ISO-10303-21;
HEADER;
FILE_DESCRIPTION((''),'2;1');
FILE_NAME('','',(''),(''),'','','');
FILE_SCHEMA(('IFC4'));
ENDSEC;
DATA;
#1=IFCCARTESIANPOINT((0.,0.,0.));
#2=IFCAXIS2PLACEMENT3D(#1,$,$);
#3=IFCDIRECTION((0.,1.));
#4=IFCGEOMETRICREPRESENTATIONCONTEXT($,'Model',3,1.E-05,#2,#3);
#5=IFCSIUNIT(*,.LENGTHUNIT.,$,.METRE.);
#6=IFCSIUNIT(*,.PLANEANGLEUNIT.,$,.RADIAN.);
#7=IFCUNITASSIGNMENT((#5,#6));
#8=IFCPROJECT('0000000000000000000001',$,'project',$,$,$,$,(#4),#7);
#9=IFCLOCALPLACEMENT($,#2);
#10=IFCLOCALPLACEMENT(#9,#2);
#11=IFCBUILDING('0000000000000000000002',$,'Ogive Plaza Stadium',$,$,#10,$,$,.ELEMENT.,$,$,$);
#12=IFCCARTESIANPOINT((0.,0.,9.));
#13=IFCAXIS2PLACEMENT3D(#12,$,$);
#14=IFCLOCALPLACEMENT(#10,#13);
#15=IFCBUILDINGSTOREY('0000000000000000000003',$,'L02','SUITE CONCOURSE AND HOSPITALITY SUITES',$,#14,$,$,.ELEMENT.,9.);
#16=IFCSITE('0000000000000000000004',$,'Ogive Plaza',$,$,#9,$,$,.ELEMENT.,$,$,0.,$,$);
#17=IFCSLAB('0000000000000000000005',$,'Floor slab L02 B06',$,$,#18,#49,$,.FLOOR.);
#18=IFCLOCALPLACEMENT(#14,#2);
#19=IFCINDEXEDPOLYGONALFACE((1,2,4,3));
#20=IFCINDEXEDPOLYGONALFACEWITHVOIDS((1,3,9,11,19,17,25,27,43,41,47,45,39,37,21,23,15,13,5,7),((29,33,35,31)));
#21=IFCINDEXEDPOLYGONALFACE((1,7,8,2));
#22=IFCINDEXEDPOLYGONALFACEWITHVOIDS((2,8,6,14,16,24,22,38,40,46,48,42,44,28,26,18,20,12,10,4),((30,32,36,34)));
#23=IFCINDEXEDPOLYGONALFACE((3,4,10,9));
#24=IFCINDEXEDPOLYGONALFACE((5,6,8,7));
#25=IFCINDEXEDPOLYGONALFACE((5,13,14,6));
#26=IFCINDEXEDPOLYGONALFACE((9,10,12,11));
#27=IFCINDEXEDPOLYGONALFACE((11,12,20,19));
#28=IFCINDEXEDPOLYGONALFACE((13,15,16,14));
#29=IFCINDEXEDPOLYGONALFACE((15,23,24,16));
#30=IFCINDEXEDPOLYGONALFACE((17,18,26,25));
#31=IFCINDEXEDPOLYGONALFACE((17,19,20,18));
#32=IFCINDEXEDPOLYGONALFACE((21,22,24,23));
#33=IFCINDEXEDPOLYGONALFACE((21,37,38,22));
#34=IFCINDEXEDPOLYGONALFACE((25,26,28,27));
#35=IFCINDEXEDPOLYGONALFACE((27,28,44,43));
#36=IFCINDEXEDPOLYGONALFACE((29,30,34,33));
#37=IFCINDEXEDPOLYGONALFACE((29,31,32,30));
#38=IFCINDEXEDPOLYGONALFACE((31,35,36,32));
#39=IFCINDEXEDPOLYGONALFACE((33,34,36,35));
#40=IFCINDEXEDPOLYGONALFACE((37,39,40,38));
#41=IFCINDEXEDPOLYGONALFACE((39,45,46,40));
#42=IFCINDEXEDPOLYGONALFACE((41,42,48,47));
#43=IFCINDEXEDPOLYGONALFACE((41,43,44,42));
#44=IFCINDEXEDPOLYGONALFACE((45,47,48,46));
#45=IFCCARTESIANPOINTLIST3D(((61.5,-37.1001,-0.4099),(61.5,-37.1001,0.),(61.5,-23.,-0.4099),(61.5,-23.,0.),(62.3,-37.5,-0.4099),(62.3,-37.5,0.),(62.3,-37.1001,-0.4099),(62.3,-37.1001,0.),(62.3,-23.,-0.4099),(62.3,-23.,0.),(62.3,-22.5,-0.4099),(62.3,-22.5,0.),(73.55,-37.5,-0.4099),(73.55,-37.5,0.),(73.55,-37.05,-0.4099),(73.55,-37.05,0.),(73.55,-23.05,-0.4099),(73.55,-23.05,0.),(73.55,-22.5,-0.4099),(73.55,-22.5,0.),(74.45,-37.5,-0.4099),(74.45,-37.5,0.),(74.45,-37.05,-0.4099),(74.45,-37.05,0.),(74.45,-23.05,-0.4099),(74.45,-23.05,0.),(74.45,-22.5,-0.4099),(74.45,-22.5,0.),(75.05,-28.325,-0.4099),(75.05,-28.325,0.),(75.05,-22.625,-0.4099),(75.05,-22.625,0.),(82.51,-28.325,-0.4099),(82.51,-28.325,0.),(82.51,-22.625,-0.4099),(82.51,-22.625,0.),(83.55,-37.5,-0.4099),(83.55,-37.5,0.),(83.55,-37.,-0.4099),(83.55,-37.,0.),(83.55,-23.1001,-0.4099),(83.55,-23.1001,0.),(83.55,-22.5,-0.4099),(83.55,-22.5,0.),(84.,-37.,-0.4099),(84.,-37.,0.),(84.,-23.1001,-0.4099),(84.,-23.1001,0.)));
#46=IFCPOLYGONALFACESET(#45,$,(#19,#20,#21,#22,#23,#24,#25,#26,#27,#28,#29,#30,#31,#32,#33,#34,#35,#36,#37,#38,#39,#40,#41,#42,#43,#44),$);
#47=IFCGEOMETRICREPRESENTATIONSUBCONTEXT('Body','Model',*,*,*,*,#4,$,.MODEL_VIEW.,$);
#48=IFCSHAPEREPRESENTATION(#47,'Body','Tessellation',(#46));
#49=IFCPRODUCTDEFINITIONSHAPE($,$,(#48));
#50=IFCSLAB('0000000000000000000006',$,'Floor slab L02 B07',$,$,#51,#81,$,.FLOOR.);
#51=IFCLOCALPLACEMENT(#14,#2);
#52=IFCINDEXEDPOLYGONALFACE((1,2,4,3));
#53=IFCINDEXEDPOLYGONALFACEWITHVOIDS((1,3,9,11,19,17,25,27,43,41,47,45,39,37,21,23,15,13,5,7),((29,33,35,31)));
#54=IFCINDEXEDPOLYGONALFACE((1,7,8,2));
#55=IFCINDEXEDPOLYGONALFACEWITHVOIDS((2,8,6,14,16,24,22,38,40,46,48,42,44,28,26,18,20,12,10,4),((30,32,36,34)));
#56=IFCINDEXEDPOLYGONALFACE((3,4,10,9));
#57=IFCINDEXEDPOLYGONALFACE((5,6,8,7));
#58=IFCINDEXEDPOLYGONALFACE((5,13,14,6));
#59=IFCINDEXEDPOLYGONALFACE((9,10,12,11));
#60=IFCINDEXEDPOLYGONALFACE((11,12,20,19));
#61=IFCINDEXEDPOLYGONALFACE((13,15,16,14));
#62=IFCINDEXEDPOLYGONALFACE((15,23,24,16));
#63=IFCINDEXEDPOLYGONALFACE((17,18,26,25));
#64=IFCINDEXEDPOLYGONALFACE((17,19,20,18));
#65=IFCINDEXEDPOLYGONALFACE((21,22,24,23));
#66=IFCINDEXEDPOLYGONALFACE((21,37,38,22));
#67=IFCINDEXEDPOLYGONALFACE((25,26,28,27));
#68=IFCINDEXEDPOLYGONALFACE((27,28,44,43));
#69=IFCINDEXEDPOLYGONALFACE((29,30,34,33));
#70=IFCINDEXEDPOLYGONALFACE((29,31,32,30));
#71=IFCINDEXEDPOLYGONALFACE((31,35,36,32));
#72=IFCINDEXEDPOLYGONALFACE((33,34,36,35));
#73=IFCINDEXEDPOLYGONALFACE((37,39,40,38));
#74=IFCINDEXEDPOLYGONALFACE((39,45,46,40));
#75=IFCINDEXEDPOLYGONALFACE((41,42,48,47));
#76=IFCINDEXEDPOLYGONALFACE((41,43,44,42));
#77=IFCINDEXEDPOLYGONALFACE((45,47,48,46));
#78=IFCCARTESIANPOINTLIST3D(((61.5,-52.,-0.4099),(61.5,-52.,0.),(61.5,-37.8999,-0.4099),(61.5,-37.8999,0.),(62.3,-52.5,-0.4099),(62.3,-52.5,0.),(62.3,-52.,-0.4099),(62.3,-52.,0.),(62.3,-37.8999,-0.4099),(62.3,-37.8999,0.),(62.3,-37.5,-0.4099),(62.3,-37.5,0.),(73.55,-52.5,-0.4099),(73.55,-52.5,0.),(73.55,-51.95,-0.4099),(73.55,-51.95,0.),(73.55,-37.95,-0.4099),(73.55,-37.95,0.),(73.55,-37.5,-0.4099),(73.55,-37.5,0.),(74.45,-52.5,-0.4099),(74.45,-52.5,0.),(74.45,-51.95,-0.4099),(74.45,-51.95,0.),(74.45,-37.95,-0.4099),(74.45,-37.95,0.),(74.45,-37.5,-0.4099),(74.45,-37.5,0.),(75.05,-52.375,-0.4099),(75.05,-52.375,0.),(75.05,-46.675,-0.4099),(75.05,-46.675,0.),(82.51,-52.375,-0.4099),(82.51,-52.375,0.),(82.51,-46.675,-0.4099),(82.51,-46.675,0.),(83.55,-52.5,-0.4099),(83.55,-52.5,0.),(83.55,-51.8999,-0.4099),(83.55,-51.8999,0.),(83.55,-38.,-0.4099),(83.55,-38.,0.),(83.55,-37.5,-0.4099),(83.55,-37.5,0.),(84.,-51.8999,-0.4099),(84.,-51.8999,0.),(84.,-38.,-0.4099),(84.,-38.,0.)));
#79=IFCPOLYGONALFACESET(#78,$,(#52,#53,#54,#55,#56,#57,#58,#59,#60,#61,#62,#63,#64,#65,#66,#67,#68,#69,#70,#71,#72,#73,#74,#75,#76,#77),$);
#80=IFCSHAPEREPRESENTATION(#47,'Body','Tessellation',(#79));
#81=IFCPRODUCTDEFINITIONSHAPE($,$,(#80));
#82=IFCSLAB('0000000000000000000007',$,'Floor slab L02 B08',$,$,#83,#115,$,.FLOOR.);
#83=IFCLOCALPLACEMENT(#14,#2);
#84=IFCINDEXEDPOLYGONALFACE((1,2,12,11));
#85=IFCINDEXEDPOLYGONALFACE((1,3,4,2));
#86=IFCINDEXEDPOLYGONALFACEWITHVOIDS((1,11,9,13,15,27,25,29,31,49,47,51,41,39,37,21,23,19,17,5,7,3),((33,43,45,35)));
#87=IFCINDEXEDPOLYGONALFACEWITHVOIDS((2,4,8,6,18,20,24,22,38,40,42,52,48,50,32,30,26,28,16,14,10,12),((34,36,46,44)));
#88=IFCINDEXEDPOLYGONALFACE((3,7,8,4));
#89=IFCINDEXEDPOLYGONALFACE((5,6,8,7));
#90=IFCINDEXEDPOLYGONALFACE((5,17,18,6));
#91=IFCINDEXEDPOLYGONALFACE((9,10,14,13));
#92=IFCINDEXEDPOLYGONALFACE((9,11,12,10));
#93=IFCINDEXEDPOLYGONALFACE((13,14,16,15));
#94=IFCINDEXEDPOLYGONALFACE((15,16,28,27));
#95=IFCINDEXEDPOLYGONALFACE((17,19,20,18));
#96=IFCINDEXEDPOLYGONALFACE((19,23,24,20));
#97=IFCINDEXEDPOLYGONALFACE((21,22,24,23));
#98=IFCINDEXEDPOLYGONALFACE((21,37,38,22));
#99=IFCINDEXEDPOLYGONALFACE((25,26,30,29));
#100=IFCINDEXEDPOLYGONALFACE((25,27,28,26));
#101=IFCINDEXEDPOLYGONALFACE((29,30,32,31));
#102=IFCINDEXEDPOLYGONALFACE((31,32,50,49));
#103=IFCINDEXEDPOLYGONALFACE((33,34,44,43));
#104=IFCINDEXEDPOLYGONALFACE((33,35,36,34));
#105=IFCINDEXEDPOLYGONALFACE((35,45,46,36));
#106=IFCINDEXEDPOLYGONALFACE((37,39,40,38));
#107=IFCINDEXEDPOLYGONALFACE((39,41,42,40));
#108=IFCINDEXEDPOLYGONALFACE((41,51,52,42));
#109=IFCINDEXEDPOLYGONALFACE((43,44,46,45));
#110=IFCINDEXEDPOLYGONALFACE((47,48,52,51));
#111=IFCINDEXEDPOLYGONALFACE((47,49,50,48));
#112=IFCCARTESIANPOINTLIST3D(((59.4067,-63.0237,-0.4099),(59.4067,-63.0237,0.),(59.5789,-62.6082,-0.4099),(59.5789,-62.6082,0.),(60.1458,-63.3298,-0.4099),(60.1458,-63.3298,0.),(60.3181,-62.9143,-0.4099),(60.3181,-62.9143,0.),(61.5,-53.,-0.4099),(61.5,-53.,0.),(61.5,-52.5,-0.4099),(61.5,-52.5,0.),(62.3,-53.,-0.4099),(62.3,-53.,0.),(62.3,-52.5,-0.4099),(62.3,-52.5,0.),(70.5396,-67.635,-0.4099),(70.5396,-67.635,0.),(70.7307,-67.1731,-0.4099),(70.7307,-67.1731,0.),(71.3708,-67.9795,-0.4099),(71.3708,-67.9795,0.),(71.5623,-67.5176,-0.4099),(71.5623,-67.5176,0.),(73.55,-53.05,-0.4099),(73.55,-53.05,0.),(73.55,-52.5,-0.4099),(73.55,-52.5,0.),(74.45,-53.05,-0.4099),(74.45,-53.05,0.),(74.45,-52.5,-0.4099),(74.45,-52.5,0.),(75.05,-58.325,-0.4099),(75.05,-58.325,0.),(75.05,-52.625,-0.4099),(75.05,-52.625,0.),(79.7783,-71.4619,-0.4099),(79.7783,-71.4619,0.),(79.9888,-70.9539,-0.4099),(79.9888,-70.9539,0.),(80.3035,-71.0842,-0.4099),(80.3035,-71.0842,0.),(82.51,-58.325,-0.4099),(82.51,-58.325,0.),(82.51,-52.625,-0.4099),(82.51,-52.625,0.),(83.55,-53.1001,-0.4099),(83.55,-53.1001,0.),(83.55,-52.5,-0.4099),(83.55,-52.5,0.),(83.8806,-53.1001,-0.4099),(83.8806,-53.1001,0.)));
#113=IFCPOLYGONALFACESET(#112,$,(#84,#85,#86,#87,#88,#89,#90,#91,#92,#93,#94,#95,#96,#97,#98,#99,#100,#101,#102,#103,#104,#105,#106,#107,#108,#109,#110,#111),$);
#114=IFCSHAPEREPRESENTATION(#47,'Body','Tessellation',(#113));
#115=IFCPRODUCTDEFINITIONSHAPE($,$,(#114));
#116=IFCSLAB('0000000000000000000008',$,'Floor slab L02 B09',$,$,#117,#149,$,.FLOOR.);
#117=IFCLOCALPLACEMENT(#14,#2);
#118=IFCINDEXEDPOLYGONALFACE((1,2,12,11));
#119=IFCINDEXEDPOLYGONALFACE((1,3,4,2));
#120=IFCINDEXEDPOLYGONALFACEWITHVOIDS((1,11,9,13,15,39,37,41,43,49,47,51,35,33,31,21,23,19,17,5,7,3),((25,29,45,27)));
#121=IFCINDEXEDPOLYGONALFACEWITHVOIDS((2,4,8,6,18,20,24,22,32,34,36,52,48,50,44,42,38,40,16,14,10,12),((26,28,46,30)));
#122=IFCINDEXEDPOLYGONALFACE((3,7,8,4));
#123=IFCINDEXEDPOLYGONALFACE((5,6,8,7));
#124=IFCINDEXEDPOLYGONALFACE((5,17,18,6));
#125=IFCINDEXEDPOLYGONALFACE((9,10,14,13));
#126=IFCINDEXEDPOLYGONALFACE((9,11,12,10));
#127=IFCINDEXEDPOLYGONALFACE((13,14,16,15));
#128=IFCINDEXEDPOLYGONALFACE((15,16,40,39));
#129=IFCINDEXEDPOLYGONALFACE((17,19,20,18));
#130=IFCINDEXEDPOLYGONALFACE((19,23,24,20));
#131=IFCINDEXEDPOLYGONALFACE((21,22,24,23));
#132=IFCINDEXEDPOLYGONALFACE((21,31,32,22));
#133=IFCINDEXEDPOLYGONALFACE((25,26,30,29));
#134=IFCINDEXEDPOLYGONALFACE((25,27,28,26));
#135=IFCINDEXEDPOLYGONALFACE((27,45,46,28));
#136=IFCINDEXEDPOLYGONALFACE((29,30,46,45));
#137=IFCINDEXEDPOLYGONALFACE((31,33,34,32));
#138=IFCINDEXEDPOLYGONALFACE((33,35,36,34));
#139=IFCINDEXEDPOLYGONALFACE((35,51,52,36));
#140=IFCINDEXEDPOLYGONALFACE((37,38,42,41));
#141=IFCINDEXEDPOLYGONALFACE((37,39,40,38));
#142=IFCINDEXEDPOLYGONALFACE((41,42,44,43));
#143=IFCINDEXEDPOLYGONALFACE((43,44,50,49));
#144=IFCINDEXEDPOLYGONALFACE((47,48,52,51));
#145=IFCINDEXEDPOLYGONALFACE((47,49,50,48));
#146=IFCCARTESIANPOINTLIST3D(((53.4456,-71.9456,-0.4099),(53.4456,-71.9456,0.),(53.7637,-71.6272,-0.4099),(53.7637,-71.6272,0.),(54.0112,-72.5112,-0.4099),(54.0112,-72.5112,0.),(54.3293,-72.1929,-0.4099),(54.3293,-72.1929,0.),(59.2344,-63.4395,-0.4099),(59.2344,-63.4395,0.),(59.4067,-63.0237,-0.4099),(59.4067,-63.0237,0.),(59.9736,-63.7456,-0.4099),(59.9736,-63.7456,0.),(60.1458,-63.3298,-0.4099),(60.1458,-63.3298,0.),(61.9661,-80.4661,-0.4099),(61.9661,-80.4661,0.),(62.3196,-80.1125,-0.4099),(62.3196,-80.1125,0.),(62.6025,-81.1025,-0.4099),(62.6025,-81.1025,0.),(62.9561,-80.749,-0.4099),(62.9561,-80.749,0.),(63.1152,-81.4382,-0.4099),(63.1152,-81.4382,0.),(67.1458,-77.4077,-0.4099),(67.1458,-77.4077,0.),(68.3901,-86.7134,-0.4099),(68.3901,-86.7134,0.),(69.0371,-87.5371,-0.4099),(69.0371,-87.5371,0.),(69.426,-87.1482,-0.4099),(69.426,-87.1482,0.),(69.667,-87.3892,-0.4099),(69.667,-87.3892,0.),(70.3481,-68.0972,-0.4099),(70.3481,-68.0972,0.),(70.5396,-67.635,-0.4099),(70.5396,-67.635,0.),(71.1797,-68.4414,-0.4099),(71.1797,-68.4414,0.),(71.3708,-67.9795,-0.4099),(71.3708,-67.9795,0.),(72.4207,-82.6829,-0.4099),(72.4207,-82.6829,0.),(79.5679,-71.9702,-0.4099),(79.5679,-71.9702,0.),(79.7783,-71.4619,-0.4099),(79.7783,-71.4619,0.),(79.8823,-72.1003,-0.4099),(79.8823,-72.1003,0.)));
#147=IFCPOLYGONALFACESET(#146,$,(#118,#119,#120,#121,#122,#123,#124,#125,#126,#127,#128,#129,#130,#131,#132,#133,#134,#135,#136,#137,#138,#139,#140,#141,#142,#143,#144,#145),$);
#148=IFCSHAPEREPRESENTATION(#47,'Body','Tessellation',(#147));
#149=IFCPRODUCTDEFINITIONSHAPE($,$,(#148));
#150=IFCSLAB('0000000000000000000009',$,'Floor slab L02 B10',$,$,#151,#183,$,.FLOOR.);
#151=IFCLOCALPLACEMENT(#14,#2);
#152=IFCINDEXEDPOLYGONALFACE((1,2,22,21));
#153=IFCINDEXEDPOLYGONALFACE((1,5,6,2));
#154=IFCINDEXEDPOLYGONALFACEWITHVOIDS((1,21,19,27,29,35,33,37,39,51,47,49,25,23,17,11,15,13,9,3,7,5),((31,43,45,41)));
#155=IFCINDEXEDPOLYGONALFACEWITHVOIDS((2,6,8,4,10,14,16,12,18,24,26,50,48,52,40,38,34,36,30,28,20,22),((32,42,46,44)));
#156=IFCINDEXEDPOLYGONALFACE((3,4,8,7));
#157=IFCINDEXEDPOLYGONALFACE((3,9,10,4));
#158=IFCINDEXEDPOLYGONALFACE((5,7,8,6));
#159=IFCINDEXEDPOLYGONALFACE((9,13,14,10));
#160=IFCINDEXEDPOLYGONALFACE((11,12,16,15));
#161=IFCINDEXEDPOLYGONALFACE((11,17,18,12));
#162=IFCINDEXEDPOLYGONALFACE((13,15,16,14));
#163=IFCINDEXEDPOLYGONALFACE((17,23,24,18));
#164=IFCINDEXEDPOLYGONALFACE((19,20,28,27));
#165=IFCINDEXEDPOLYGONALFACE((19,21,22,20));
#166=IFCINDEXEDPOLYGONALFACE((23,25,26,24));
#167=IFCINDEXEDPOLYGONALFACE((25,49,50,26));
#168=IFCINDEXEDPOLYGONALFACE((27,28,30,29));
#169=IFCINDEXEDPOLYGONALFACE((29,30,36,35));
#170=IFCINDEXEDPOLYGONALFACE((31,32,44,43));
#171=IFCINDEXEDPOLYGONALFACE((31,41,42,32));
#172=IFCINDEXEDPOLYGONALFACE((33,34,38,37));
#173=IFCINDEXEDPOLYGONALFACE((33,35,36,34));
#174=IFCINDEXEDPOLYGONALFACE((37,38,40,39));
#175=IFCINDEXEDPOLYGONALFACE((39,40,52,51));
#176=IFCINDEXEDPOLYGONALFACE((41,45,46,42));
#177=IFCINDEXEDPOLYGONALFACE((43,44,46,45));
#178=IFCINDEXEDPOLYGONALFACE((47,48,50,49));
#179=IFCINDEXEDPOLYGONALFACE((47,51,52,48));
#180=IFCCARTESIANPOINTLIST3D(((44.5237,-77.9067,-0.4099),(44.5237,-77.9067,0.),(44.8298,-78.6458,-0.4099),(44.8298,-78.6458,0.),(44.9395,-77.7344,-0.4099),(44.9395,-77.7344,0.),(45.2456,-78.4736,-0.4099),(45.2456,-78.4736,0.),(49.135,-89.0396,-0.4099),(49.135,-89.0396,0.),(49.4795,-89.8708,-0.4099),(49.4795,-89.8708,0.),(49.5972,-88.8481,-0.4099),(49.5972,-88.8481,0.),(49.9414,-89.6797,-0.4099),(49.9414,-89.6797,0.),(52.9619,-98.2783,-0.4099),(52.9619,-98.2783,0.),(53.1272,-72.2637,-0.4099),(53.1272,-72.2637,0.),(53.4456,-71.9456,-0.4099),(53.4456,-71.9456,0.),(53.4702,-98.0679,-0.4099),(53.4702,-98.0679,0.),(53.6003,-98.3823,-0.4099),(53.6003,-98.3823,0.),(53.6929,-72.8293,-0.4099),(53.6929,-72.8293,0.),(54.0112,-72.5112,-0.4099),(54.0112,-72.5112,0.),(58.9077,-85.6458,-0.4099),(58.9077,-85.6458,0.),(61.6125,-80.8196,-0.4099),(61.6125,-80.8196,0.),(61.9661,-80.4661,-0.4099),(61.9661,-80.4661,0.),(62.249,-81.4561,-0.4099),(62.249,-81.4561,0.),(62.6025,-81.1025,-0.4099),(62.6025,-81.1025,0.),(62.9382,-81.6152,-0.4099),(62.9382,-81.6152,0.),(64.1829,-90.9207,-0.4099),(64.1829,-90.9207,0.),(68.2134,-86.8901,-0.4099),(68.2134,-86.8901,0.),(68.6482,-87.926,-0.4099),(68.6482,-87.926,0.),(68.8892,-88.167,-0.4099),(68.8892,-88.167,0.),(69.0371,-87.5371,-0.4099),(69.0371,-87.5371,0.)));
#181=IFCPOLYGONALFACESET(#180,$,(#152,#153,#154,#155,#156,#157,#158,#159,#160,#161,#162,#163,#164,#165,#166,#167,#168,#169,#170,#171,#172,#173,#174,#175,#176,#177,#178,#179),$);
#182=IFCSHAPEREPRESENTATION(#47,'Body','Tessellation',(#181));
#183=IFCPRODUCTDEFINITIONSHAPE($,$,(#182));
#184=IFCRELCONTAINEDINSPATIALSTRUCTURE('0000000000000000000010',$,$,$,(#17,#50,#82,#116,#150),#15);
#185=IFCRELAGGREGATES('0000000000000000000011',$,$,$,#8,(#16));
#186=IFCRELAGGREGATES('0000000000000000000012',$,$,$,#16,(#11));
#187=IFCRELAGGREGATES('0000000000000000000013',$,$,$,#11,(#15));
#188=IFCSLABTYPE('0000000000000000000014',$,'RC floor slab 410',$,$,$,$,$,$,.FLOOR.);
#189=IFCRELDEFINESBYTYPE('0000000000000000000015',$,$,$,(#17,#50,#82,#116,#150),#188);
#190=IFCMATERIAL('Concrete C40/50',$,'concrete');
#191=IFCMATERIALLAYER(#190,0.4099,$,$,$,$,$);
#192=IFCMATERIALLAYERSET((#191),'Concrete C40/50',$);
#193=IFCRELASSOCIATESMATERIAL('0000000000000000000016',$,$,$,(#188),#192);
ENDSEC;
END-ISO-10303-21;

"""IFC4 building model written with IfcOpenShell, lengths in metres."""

from ifc_helpers import new_model, si_unit, direction, frame, origin, place, context, subcontext, project, spatial, polyline, outline, extrude, material, layer, layer_set, type_object, element, save


model = new_model("IFC4")

# Units and contexts
model_context = context("Model", 3, precision=1e-05, world=origin(), true_north=direction((0.0, 1.0)))
body_context = subcontext(model_context, "Body", "Model", "MODEL_VIEW")
ifc_project = project(units=[si_unit("LENGTHUNIT", "METRE"), si_unit("PLANEANGLEUNIT", "RADIAN")], contexts=[model_context])

# Site, building, storey
site_placement = place(None, origin())
site = spatial("IfcSite", under=ifc_project, at=site_placement, Name="Ogive Plaza", CompositionType="ELEMENT", RefElevation=0.0)
building_placement = place(site_placement, origin())
building = spatial("IfcBuilding", under=site, at=building_placement, Name="Ogive Plaza Stadium", CompositionType="ELEMENT")
storey_placement = place(building_placement, frame((0.0, 0.0, 9.0)))
storey = spatial("IfcBuildingStorey", under=building, at=storey_placement, Name="L02", Description="SUITE CONCOURSE AND HOSPITALITY SUITES", CompositionType="ELEMENT", Elevation=9.0)

# Slabs
ifc_material = material(Name="Concrete C40/50", Category="concrete")
ifc_layer = layer(ifc_material, 0.4099)
ifc_layer_set = layer_set([ifc_layer], Name="Concrete C40/50")
slab_type = type_object("IfcSlabType", Name="RC floor slab 410", PredefinedType="FLOOR", material=ifc_layer_set)
slab_1_placement = place(storey_placement, frame((0.0, 0.0, -0.4099)))
element("IfcSlab", 1, at=slab_1_placement, inside=storey, type_object=slab_type, Name="Floor slab L02 B06", PredefinedType="FLOOR", context=body_context, shape_type="SweptSolid", body=[
    extrude(outline(polyline([(73.55, -37.5), (73.55, -37.05), (74.45, -37.05), (74.45, -37.5), (83.55, -37.5), (83.55, -37.0), (84.0, -37.0), (84.0, -23.1001), (83.55, -23.1001), (83.55, -22.5), (74.45, -22.5), (74.45, -23.05), (73.55, -23.05), (73.55, -22.5), (62.3, -22.5), (62.3, -23.0), (61.5, -23.0), (61.5, -37.1001), (62.3, -37.1001), (62.3, -37.5), (73.55, -37.5)]), holes=[polyline([(75.05, -22.625), (75.05, -28.325), (82.51, -28.325), (82.51, -22.625), (75.05, -22.625)])]), origin(), (0.0, 0.0, 1.0), 0.4099),
])
slab_2_placement = place(storey_placement, frame((0.0, 0.0, -0.4099)))
element("IfcSlab", 2, at=slab_2_placement, inside=storey, type_object=slab_type, Name="Floor slab L02 B07", PredefinedType="FLOOR", context=body_context, shape_type="SweptSolid", body=[
    extrude(outline(polyline([(73.55, -52.5), (73.55, -51.95), (74.45, -51.95), (74.45, -52.5), (83.55, -52.5), (83.55, -51.8999), (84.0, -51.8999), (84.0, -38.0), (83.55, -38.0), (83.55, -37.5), (74.45, -37.5), (74.45, -37.95), (73.55, -37.95), (73.55, -37.5), (62.3, -37.5), (62.3, -37.8999), (61.5, -37.8999), (61.5, -52.0), (62.3, -52.0), (62.3, -52.5), (73.55, -52.5)]), holes=[polyline([(75.05, -52.375), (82.51, -52.375), (82.51, -46.675), (75.05, -46.675), (75.05, -52.375)])]), origin(), (0.0, 0.0, 1.0), 0.4099),
])
slab_3_placement = place(storey_placement, frame((0.0, 0.0, -0.4099)))
element("IfcSlab", 3, at=slab_3_placement, inside=storey, type_object=slab_type, Name="Floor slab L02 B08", PredefinedType="FLOOR", context=body_context, shape_type="SweptSolid", body=[
    extrude(outline(polyline([(70.5396, -67.635), (70.7307, -67.1731), (71.5623, -67.5176), (71.3708, -67.9795), (79.7783, -71.4619), (79.9888, -70.9539), (80.3035, -71.0842), (83.8806, -53.1001), (83.55, -53.1001), (83.55, -52.5), (74.45, -52.5), (74.45, -53.05), (73.55, -53.05), (73.55, -52.5), (62.3, -52.5), (62.3, -53.0), (61.5, -53.0), (61.5, -52.5), (59.4067, -63.0237), (59.5789, -62.6082), (60.3181, -62.9143), (60.1458, -63.3298), (70.5396, -67.635)]), holes=[polyline([(75.05, -52.625), (75.05, -58.325), (82.51, -58.325), (82.51, -52.625), (75.05, -52.625)])]), origin(), (0.0, 0.0, 1.0), 0.4099),
])
slab_4_placement = place(storey_placement, frame((0.0, 0.0, -0.4099)))
element("IfcSlab", 4, at=slab_4_placement, inside=storey, type_object=slab_type, Name="Floor slab L02 B09", PredefinedType="FLOOR", context=body_context, shape_type="SweptSolid", body=[
    extrude(outline(polyline([(61.9661, -80.4661), (62.3196, -80.1125), (62.9561, -80.749), (62.6025, -81.1025), (69.0371, -87.5371), (69.426, -87.1482), (69.667, -87.3892), (79.8823, -72.1003), (79.5679, -71.9702), (79.7783, -71.4619), (71.3708, -67.9795), (71.1797, -68.4414), (70.3481, -68.0972), (70.5396, -67.635), (60.1458, -63.3298), (59.9736, -63.7456), (59.2344, -63.4395), (59.4067, -63.0237), (53.4456, -71.9456), (53.7637, -71.6272), (54.3293, -72.1929), (54.0112, -72.5112), (61.9661, -80.4661)]), holes=[polyline([(67.1458, -77.4077), (63.1152, -81.4382), (68.3901, -86.7134), (72.4207, -82.6829), (67.1458, -77.4077)])]), origin(), (0.0, 0.0, 1.0), 0.4099),
])
slab_5_placement = place(storey_placement, frame((0.0, 0.0, -0.4099)))
element("IfcSlab", 5, at=slab_5_placement, inside=storey, type_object=slab_type, Name="Floor slab L02 B10", PredefinedType="FLOOR", context=body_context, shape_type="SweptSolid", body=[
    extrude(outline(polyline([(49.135, -89.0396), (49.5972, -88.8481), (49.9414, -89.6797), (49.4795, -89.8708), (52.9619, -98.2783), (53.4702, -98.0679), (53.6003, -98.3823), (68.8892, -88.167), (68.6482, -87.926), (69.0371, -87.5371), (62.6025, -81.1025), (62.249, -81.4561), (61.6125, -80.8196), (61.9661, -80.4661), (54.0112, -72.5112), (53.6929, -72.8293), (53.1272, -72.2637), (53.4456, -71.9456), (44.5237, -77.9067), (44.9395, -77.7344), (45.2456, -78.4736), (44.8298, -78.6458), (49.135, -89.0396)]), holes=[polyline([(62.9382, -81.6152), (58.9077, -85.6458), (64.1829, -90.9207), (68.2134, -86.8901), (62.9382, -81.6152)])]), origin(), (0.0, 0.0, 1.0), 0.4099),
])

save(model, "model.ifc")
